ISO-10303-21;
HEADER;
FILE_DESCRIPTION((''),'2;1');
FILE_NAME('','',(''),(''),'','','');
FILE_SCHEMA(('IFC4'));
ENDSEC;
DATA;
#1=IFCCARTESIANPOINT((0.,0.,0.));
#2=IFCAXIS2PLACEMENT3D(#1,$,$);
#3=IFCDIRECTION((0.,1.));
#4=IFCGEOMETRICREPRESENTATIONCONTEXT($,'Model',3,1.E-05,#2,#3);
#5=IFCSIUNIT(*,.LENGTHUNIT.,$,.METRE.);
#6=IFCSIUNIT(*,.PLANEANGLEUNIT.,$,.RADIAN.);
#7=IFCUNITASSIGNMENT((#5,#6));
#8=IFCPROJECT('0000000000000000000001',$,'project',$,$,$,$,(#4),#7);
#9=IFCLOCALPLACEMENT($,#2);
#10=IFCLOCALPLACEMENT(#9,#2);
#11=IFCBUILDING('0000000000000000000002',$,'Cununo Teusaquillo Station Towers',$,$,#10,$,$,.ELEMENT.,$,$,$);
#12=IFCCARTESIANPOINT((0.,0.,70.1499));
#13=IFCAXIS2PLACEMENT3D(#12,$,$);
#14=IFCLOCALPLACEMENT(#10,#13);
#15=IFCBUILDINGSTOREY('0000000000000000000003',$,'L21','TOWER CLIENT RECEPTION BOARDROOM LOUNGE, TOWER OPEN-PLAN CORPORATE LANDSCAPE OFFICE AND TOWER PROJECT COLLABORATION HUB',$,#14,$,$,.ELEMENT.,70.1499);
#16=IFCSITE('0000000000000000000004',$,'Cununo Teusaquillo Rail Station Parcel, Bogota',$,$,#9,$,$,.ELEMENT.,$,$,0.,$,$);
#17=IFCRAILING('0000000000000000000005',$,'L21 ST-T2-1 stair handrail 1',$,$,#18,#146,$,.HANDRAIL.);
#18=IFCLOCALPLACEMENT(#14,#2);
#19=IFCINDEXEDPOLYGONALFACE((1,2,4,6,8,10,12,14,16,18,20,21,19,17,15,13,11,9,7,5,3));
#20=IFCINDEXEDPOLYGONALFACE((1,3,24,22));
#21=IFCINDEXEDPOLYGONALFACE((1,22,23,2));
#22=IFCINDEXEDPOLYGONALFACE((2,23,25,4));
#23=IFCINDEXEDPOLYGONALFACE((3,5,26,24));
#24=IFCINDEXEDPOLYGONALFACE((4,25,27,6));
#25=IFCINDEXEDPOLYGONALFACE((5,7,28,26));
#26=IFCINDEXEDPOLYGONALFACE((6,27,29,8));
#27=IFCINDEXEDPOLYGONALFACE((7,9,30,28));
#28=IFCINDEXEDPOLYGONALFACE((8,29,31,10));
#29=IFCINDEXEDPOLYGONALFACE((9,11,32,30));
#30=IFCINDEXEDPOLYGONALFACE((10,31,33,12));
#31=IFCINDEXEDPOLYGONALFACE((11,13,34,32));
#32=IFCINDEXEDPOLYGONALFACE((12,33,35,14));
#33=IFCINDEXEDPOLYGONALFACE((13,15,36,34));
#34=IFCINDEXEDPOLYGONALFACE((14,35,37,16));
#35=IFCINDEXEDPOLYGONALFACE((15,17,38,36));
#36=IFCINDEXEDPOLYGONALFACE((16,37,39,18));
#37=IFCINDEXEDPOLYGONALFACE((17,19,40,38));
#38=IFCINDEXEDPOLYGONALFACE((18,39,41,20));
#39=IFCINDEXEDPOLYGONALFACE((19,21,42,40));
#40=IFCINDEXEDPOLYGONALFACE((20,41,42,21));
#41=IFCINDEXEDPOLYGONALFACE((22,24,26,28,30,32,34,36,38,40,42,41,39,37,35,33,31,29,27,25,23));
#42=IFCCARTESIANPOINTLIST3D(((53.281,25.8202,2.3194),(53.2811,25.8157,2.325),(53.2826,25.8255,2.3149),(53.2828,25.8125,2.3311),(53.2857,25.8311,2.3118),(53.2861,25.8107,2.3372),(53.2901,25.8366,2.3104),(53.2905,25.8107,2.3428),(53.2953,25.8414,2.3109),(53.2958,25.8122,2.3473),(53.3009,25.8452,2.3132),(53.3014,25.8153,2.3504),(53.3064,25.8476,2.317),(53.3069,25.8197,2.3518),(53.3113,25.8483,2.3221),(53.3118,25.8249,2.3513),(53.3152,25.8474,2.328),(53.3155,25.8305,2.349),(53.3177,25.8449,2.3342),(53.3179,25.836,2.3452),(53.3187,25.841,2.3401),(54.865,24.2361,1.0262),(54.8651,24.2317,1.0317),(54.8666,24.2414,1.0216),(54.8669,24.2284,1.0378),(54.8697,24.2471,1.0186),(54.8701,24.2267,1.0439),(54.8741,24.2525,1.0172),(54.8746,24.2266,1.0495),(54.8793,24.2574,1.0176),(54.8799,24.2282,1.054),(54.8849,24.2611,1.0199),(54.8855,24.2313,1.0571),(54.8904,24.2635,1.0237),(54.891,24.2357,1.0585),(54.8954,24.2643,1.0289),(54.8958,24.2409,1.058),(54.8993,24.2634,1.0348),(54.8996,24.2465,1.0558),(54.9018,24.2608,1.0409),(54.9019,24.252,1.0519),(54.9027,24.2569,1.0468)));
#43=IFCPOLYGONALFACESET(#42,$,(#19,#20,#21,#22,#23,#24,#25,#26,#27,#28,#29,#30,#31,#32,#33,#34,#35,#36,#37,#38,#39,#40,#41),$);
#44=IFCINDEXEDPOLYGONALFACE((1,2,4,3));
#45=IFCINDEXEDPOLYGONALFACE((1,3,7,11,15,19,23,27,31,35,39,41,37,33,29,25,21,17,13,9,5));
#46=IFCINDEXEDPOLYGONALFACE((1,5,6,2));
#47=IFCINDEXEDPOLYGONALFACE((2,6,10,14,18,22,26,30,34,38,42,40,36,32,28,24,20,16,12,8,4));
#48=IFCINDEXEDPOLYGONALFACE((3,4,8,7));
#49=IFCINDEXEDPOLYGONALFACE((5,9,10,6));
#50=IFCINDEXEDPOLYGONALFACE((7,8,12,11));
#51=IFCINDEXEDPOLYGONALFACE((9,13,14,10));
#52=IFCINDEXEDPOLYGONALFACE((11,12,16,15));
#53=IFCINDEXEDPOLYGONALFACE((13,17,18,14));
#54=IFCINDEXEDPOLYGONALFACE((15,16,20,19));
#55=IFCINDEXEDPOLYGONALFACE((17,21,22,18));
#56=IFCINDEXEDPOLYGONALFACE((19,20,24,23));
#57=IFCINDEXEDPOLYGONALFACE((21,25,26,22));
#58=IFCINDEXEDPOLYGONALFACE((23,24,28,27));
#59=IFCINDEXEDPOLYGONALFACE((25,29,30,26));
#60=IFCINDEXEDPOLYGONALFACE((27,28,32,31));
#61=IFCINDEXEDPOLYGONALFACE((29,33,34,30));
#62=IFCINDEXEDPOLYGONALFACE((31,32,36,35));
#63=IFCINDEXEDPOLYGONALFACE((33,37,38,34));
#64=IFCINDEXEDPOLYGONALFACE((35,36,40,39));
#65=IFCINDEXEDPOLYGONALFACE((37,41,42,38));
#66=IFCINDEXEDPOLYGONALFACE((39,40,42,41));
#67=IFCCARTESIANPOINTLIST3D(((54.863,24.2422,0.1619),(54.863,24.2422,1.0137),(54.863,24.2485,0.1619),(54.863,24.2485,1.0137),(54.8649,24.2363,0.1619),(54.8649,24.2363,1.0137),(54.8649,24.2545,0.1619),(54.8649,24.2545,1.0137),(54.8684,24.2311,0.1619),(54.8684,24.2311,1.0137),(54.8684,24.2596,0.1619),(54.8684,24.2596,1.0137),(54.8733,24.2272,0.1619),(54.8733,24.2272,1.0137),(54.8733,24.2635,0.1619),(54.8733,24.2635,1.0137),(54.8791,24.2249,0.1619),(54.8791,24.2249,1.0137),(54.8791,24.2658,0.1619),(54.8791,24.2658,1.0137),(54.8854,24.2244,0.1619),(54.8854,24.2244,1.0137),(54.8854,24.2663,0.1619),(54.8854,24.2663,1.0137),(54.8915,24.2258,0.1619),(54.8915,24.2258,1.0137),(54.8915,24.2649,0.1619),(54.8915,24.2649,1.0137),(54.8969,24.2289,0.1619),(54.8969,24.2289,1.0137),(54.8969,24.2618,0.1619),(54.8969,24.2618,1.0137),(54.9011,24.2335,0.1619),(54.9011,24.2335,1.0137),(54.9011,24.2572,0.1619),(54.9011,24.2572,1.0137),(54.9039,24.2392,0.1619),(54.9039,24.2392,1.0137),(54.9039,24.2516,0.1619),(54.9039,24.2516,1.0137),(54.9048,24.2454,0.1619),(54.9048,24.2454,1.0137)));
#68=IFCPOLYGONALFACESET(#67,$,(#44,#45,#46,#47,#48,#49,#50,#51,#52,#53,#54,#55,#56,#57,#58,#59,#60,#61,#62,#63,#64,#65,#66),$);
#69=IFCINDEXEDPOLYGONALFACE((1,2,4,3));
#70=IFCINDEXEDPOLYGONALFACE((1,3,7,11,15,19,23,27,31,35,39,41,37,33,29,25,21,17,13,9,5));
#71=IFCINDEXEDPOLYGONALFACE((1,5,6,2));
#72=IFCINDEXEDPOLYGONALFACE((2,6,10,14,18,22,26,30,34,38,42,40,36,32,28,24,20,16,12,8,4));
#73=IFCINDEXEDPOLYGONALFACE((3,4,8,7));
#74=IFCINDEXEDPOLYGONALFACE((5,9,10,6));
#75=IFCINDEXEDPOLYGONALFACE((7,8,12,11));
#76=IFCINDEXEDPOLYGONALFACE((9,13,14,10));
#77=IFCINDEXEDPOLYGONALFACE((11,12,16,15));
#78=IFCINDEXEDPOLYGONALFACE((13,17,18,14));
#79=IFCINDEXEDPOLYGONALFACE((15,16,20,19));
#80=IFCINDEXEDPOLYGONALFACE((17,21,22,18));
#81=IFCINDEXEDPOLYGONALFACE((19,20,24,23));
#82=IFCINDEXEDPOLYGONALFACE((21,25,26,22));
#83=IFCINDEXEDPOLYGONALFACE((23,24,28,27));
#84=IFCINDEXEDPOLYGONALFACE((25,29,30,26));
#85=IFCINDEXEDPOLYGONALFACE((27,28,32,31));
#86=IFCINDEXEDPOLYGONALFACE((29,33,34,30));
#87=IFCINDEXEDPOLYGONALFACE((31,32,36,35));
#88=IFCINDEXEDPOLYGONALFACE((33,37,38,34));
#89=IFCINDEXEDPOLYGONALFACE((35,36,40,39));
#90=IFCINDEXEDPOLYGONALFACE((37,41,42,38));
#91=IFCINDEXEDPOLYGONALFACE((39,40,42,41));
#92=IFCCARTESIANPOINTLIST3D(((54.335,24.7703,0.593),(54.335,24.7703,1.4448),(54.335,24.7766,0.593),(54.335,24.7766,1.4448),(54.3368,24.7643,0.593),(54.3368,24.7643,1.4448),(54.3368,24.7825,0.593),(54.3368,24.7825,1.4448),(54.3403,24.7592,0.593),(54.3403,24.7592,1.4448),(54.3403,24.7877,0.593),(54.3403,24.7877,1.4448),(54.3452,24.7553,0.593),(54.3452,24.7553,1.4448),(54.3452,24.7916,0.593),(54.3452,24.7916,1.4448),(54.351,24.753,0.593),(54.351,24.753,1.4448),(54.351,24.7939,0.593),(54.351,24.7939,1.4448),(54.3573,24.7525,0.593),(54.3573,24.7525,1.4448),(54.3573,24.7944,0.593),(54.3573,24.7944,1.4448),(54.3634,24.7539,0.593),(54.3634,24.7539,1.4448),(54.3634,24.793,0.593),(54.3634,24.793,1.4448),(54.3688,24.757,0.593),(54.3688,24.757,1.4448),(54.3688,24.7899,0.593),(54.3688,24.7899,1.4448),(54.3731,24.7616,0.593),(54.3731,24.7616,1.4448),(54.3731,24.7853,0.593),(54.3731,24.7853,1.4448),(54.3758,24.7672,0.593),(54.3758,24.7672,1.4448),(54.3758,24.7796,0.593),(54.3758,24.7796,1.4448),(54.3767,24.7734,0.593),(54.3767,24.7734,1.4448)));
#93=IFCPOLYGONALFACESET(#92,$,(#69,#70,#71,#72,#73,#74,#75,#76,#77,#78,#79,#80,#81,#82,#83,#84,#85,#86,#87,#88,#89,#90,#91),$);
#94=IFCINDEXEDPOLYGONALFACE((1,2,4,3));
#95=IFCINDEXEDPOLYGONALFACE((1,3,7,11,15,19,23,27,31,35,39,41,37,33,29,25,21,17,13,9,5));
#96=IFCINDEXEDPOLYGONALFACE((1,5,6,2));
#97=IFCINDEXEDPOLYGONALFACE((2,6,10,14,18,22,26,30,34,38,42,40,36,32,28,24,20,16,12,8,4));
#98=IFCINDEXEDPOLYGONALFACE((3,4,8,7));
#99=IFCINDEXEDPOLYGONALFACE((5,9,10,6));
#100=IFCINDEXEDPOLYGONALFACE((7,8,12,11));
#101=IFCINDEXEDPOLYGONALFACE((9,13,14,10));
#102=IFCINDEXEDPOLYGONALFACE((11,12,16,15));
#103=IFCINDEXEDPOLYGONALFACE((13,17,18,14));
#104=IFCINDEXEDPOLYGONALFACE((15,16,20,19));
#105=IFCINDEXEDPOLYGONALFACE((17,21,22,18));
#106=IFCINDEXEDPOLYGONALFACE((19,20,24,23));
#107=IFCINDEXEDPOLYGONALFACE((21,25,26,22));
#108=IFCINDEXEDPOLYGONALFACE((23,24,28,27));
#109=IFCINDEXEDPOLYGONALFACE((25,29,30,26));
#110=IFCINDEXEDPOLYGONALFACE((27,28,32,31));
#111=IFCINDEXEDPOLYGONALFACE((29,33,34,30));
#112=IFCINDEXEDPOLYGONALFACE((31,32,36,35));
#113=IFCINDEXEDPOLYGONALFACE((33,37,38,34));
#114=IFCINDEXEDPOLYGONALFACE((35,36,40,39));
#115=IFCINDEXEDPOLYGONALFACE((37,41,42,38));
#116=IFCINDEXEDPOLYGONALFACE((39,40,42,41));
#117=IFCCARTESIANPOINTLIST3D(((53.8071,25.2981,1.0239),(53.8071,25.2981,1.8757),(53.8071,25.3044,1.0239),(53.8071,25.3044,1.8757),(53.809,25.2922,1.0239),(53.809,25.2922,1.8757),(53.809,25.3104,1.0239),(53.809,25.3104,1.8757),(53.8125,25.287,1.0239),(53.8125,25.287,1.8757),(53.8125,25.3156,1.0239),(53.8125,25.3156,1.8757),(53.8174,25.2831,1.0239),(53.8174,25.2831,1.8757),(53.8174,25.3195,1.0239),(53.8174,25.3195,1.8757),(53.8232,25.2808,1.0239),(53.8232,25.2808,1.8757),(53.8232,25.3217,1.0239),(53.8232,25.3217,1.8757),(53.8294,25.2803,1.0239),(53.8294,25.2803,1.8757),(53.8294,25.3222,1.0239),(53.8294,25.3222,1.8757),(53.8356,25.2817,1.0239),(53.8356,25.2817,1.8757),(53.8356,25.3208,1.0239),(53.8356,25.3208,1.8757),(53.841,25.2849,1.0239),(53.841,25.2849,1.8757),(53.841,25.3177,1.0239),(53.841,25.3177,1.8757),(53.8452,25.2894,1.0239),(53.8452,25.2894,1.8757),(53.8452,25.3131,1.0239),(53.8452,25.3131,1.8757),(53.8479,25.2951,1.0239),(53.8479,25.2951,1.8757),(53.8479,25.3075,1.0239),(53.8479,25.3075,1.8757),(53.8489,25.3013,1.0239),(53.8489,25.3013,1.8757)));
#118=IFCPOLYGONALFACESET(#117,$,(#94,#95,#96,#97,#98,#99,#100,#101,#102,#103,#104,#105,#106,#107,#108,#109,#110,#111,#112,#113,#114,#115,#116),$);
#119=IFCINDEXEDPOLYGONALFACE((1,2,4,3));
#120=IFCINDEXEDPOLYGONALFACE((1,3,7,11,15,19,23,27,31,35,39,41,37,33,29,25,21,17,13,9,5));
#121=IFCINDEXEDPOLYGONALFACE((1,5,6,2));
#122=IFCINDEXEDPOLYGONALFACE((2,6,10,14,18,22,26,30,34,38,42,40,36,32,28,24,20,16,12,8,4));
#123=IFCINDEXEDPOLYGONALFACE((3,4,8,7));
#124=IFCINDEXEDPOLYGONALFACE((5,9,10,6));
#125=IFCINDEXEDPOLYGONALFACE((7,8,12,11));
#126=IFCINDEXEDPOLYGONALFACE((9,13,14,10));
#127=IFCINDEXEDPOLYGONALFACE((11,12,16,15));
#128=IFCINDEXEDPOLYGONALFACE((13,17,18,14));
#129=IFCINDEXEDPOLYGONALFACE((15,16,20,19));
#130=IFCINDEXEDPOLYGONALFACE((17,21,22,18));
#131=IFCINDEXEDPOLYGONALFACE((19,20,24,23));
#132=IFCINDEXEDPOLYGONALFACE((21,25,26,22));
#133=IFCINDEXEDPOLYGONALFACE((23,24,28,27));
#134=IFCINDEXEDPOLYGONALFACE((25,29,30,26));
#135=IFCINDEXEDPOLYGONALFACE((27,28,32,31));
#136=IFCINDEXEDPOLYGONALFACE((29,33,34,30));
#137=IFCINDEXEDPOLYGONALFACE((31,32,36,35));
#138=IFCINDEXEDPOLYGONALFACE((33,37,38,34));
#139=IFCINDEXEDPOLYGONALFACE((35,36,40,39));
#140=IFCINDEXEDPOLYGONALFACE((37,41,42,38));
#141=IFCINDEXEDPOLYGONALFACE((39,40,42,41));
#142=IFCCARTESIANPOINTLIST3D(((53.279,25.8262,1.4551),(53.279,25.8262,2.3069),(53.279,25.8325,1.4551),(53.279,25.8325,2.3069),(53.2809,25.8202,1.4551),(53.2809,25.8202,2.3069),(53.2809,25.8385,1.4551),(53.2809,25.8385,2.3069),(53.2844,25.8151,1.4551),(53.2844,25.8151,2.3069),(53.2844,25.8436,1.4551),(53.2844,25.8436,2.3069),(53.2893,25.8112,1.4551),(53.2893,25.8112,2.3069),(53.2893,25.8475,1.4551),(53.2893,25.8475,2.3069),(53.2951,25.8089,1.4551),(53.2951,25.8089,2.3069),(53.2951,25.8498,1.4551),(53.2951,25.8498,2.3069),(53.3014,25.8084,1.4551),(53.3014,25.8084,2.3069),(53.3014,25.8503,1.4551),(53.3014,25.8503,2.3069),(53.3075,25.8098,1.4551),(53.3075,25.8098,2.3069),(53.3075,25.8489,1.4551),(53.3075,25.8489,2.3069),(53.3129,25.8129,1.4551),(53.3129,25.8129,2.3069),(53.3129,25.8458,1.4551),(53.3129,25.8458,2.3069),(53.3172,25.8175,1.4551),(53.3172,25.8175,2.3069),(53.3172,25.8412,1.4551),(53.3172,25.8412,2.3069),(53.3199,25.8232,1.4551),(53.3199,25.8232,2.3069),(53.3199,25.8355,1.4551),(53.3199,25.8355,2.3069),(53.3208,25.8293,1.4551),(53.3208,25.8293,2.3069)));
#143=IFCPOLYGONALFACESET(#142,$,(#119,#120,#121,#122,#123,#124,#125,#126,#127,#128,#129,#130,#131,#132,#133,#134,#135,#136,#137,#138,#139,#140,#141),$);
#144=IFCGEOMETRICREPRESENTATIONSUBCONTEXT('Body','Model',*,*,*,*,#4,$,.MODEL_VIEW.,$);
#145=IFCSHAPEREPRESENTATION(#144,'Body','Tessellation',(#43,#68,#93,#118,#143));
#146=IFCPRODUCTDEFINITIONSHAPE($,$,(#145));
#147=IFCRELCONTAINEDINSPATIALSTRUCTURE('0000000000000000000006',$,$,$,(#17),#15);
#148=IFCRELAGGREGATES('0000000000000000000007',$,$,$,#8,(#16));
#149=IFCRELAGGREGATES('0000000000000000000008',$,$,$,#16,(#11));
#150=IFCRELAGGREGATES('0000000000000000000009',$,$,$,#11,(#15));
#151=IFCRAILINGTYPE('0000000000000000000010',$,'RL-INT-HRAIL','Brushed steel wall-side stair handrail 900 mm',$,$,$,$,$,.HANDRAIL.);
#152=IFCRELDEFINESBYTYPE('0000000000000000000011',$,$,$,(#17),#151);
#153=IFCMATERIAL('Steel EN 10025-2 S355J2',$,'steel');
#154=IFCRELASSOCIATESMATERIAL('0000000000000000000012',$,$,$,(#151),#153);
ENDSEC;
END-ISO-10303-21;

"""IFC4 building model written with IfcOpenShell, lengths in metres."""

from ifc_helpers import new_model, si_unit, direction, frame, origin, origin_2d, place, context, subcontext, project, spatial, circle, extrude, material, type_object, element, save


model = new_model("IFC4")

# Units and contexts
model_context = context("Model", 3, precision=1e-05, world=origin(), true_north=direction((0.0, 1.0)))
body_context = subcontext(model_context, "Body", "Model", "MODEL_VIEW")
ifc_project = project(units=[si_unit("LENGTHUNIT", "METRE"), si_unit("PLANEANGLEUNIT", "RADIAN")], contexts=[model_context])

# Site, building, storey
site_placement = place(None, origin())
site = spatial("IfcSite", under=ifc_project, at=site_placement, Name="Cununo Teusaquillo Rail Station Parcel, Bogota", CompositionType="ELEMENT", RefElevation=0.0)
building_placement = place(site_placement, origin())
building = spatial("IfcBuilding", under=site, at=building_placement, Name="Cununo Teusaquillo Station Towers", CompositionType="ELEMENT")
storey_placement = place(building_placement, frame((0.0, 0.0, 70.1499)))
storey = spatial("IfcBuildingStorey", under=building, at=storey_placement, Name="L21", Description="TOWER CLIENT RECEPTION BOARDROOM LOUNGE, TOWER OPEN-PLAN CORPORATE LANDSCAPE OFFICE AND TOWER PROJECT COLLABORATION HUB", CompositionType="ELEMENT", Elevation=70.1499)

# Railing
ifc_material_1 = material(Name="Steel EN 10025-2 S355J2", Category="steel")
railing_type_1 = type_object("IfcRailingType", Name="RL-INT-HRAIL", Description="Brushed steel wall-side stair handrail 900 mm", PredefinedType="HANDRAIL", material=ifc_material_1)
railing_1_placement = place(storey_placement, frame((54.8838, 24.2454, 0.1619)))
element("IfcRailing", 1, at=railing_1_placement, inside=storey, type_object=railing_type_1, Name="L21 ST-T2-1 stair handrail 1", PredefinedType="HANDRAIL", context=body_context, shape_type="SweptSolid", body=[
    extrude(circle(Radius=0.0239, at=origin_2d()), frame((0.0, 0.0, 0.876), z_axis=(-0.612385, 0.612385, 0.49997), x_axis=(-0.707107, -0.707107, 0.0)), (0.0, 0.0, 1.0), 2.5867),
    extrude(circle(Radius=0.021, at=origin_2d()), origin(), (0.0, 0.0, 1.0), 0.8518),
    extrude(circle(Radius=0.021, at=origin_2d()), frame((-0.5281, 0.5281, 0.4312)), (0.0, 0.0, 1.0), 0.8518),
    extrude(circle(Radius=0.021, at=origin_2d()), frame((-1.0559, 1.0559, 0.8621)), (0.0, 0.0, 1.0), 0.8518),
    extrude(circle(Radius=0.021, at=origin_2d()), frame((-1.584, 1.584, 1.2932)), (0.0, 0.0, 1.0), 0.8518),
])

save(model, "model.ifc")
